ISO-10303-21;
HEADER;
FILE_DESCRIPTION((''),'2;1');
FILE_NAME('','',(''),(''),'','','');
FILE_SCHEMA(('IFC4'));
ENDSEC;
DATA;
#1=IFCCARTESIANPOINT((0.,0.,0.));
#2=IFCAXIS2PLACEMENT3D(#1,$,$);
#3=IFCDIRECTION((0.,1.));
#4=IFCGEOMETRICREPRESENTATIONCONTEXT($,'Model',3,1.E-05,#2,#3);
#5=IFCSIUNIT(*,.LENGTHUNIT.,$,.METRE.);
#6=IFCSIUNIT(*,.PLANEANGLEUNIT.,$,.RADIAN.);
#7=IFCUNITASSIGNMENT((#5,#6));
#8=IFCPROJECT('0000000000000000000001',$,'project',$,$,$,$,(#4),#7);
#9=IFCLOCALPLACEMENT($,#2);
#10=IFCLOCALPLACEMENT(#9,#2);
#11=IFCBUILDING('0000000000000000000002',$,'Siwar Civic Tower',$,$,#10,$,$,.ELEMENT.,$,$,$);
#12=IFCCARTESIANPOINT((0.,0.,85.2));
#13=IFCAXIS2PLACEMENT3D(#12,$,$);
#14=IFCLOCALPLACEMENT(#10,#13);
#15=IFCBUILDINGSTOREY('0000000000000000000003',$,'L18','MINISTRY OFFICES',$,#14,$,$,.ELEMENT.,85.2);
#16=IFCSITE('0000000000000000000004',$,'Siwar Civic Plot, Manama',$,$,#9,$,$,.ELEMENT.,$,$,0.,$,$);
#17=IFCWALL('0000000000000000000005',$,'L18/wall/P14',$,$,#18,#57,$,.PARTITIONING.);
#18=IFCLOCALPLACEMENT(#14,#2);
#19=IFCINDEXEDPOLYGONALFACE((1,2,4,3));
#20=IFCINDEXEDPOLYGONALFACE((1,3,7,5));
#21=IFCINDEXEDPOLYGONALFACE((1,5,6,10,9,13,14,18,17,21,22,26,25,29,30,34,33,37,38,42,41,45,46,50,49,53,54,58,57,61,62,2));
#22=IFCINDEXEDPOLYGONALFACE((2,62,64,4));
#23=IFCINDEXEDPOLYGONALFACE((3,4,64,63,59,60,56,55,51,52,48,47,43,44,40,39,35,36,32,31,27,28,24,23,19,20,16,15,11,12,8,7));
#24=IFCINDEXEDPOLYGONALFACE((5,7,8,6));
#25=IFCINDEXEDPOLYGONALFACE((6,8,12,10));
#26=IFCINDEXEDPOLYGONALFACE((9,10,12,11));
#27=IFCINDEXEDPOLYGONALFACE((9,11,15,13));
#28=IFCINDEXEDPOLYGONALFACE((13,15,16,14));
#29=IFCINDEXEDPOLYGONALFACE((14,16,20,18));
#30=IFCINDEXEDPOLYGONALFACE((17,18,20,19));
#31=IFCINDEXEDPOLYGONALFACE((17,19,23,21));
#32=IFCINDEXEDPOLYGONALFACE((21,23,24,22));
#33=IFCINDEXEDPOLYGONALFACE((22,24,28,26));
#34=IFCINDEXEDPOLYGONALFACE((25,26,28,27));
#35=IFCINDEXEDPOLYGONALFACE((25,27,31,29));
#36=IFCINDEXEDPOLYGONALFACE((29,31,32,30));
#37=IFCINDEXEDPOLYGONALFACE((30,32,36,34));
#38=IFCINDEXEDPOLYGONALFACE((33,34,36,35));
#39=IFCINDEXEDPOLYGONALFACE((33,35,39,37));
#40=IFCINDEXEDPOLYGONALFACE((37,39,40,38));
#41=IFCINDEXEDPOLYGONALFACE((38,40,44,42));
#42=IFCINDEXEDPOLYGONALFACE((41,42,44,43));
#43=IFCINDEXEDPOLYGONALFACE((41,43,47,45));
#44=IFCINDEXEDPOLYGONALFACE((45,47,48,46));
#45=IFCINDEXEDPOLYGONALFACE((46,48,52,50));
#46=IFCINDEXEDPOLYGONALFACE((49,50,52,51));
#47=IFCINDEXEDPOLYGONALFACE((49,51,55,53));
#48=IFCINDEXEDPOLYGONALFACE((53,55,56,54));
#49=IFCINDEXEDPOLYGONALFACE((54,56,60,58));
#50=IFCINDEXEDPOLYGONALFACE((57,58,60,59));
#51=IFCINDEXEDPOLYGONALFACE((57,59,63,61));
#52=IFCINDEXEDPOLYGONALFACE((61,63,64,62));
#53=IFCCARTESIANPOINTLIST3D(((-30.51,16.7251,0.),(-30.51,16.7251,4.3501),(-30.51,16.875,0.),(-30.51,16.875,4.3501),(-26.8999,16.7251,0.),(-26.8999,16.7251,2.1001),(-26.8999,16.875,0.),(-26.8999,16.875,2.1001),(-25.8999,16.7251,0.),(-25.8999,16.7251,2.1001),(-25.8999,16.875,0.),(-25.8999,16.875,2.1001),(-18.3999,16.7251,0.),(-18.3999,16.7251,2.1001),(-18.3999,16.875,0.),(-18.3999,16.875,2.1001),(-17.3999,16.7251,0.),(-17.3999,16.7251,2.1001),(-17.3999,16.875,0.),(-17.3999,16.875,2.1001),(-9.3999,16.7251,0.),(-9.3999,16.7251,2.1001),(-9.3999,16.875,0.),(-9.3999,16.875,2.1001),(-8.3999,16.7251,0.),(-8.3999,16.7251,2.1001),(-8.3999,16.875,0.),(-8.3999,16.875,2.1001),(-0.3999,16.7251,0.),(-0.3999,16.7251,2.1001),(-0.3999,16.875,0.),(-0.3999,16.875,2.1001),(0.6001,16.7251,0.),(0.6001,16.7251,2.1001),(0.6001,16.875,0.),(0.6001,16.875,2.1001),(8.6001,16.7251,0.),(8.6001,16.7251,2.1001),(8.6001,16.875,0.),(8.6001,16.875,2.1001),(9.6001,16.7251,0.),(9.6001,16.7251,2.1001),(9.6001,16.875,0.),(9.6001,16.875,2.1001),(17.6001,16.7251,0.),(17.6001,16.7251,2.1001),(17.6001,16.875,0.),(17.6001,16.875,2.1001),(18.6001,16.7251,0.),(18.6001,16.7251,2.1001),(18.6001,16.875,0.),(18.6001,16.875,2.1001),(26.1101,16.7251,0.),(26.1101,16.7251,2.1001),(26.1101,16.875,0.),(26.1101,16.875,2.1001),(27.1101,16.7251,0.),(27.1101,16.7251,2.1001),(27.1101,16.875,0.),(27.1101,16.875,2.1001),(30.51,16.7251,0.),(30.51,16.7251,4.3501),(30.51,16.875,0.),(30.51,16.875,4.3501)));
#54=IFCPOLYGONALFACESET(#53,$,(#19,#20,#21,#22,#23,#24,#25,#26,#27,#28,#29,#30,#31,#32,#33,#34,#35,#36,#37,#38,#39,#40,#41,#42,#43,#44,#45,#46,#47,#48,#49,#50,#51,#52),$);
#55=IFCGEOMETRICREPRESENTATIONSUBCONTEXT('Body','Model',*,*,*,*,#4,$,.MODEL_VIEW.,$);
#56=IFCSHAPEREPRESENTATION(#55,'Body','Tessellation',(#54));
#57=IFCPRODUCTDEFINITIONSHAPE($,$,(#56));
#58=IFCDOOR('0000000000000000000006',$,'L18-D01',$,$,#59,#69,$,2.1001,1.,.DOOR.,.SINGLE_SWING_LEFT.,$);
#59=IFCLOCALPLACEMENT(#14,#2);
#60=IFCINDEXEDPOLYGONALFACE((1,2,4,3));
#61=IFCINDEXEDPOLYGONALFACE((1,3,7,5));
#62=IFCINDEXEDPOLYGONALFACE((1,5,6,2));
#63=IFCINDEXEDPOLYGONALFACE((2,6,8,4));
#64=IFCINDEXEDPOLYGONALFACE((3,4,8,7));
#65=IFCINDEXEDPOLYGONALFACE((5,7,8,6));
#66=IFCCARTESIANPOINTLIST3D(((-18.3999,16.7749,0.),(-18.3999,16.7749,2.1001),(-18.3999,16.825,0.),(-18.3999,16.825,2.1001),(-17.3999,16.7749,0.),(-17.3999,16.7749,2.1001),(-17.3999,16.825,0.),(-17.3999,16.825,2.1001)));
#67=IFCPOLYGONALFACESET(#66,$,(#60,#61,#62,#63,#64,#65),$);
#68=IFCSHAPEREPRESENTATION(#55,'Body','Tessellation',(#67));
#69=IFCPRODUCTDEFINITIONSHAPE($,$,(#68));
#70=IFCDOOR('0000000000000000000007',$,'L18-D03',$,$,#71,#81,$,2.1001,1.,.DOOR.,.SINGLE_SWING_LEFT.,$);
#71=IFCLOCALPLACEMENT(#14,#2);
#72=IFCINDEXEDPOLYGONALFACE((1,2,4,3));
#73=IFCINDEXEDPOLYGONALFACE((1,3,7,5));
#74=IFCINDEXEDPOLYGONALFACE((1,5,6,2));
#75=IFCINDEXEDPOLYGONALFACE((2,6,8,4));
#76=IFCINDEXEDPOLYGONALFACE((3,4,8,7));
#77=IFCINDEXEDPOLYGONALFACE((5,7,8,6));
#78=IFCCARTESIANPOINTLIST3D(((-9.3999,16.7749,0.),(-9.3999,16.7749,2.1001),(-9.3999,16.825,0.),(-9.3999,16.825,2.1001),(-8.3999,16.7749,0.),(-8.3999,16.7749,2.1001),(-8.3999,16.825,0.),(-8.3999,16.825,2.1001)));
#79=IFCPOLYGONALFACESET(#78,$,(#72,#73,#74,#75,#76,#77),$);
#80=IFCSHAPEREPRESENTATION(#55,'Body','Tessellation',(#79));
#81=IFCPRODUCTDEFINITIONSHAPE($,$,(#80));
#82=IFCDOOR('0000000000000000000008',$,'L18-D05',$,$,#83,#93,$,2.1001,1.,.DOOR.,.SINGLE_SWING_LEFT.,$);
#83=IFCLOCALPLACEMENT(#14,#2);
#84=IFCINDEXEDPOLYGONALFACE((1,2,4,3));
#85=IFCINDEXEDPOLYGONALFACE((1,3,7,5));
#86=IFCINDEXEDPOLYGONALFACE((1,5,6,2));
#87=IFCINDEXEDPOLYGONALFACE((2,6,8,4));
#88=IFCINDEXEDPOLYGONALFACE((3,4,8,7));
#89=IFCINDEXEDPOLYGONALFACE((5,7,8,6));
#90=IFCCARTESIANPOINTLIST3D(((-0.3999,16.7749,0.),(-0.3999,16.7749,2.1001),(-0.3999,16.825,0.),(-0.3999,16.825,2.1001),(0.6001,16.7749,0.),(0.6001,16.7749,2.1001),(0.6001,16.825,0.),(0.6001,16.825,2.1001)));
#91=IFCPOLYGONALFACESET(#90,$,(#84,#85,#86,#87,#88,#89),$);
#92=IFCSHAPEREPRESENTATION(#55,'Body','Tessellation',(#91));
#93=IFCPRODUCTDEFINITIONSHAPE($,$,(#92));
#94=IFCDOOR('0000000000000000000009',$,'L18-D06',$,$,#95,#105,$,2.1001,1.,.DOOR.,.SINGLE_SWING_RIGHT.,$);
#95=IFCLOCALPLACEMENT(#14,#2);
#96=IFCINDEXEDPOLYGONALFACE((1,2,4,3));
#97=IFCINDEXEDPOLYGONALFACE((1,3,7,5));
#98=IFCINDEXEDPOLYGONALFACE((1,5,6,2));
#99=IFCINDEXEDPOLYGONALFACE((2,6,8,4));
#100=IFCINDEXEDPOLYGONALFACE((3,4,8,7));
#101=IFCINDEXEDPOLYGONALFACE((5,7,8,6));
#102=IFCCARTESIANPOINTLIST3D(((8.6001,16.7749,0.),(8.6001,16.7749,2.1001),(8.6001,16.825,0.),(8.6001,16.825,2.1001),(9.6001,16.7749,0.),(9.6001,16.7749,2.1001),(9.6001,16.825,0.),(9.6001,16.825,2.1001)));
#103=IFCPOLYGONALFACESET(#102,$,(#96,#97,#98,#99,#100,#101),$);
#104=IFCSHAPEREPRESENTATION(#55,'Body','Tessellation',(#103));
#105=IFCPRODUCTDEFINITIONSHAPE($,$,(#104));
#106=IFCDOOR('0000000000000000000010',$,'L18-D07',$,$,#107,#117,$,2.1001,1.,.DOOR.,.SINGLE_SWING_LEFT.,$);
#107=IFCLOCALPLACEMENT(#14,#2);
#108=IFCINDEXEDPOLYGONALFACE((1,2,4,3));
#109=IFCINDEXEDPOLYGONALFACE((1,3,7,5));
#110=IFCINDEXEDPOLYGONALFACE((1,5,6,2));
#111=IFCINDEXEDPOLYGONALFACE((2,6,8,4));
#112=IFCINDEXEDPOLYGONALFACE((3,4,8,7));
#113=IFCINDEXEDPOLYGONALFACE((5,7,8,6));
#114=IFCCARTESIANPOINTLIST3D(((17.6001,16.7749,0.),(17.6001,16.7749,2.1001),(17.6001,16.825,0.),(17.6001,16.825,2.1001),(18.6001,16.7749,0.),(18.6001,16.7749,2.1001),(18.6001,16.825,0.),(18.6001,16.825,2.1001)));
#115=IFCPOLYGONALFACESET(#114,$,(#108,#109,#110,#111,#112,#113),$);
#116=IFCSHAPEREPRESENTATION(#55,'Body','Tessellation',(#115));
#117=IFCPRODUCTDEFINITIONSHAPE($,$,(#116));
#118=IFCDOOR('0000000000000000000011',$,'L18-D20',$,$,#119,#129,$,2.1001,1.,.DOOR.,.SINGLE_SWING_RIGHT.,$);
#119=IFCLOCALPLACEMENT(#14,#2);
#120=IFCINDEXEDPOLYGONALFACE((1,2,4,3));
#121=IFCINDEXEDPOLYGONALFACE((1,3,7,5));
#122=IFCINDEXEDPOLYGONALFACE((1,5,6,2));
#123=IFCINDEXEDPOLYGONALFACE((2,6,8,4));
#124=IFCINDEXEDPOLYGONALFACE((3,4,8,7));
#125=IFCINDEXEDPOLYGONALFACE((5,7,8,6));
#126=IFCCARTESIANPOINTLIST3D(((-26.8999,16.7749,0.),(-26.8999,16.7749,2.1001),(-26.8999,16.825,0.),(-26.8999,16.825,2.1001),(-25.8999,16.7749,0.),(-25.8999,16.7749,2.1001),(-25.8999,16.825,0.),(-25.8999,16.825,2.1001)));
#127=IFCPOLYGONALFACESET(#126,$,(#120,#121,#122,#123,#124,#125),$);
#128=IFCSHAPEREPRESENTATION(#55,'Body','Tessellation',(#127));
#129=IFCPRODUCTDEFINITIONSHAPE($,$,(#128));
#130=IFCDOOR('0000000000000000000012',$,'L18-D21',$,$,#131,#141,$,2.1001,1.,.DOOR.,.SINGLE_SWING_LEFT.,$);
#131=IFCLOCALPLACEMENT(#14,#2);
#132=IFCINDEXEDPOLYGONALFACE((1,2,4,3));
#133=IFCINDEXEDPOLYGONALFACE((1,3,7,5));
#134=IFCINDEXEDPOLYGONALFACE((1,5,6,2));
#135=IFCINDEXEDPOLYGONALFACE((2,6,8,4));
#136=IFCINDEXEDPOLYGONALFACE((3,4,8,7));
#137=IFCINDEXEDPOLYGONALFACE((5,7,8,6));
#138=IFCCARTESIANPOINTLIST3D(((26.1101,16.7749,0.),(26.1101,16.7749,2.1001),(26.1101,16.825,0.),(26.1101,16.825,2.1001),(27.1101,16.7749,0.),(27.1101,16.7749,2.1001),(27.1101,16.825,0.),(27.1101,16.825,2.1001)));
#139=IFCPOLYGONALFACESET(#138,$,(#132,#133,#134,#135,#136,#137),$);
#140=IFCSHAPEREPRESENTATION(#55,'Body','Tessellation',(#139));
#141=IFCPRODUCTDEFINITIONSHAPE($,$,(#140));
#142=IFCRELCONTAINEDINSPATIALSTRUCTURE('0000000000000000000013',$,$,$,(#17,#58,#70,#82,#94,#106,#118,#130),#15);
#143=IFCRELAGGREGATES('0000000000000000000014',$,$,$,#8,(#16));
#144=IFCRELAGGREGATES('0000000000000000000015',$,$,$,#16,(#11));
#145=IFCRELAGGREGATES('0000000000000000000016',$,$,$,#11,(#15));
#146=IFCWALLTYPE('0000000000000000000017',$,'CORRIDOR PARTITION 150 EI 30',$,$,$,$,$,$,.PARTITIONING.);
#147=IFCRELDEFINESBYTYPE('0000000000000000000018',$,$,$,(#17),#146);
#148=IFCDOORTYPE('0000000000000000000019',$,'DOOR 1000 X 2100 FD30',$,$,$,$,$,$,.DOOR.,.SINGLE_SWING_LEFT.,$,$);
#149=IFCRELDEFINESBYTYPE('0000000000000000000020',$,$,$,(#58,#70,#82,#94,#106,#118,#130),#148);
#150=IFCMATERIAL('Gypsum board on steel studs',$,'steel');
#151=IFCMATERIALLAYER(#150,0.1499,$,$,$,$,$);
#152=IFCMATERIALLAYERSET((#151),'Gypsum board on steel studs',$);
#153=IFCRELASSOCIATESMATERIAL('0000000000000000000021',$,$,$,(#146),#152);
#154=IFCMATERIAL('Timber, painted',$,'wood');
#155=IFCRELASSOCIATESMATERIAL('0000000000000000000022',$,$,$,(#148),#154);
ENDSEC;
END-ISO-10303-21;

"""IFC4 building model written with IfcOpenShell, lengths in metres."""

from ifc_helpers import new_model, si_unit, direction, frame, frame_2d, origin, place, context, subcontext, project, spatial, rectangle, extrude, material, layer, layer_set, type_object, element, fill, save


model = new_model("IFC4")

# Units and contexts
model_context = context("Model", 3, precision=1e-05, world=origin(), true_north=direction((0.0, 1.0)))
body_context = subcontext(model_context, "Body", "Model", "MODEL_VIEW")
ifc_project = project(units=[si_unit("LENGTHUNIT", "METRE"), si_unit("PLANEANGLEUNIT", "RADIAN")], contexts=[model_context])

# Site, building, storey
site_placement = place(None, origin())
site = spatial("IfcSite", under=ifc_project, at=site_placement, Name="Siwar Civic Plot, Manama", CompositionType="ELEMENT", RefElevation=0.0)
building_placement = place(site_placement, origin())
building = spatial("IfcBuilding", under=site, at=building_placement, Name="Siwar Civic Tower", CompositionType="ELEMENT")
storey_placement = place(building_placement, frame((0.0, 0.0, 85.2)))
storey = spatial("IfcBuildingStorey", under=building, at=storey_placement, Name="L18", Description="MINISTRY OFFICES", CompositionType="ELEMENT", Elevation=85.2)

# Shared definitions
ifc_material_1 = material(Name="Gypsum board on steel studs", Category="steel")
ifc_layer_1 = layer(ifc_material_1, 0.1499)
ifc_layer_set_1 = layer_set([ifc_layer_1], Name="Gypsum board on steel studs")
wall_type_1 = type_object("IfcWallType", Name="CORRIDOR PARTITION 150 EI 30", PredefinedType="PARTITIONING", material=ifc_layer_set_1)
ifc_material_2 = material(Name="Timber, painted", Category="wood")
door_type_1 = type_object("IfcDoorType", Name="DOOR 1000 X 2100 FD30", OperationType="SINGLE_SWING_LEFT", PredefinedType="DOOR", material=ifc_material_2)

# Wall, openings, doors
wall_1_placement = place(storey_placement, frame((-30.51, 16.8, 0.0), z_axis=(0.0, 0.0, 1.0), x_axis=(1.0, 0.0, 0.0)))
wall_1 = element("IfcWall", 1, at=wall_1_placement, inside=storey, type_object=wall_type_1, Name="L18/wall/P14", PredefinedType="PARTITIONING", context=body_context, shape_type="SweptSolid", body=[
    extrude(rectangle(XDim=61.02, YDim=0.1499, at=frame_2d((30.51, 0.0))), origin(), (0.0, 0.0, 1.0), 4.3501),
])
opening_1_placement = place(wall_1_placement, frame((12.1101, 0.0, 0.0)))
opening_1 = element("IfcOpeningElement", 2, at=opening_1_placement, cuts=wall_1, PredefinedType="OPENING", context=body_context, shape_type="SweptSolid", body=[
    extrude(rectangle(XDim=1.0, YDim=2.1001, at=frame_2d((0.5, 1.05))), frame((0.0, 0.085, 0.0), z_axis=(0.0, -1.0, 0.0), x_axis=(1.0, 0.0, 0.0)), (0.0, 0.0, 1.0), 0.1699),
])
opening_2_placement = place(wall_1_placement, frame((21.1101, 0.0, 0.0)))
opening_2 = element("IfcOpeningElement", 3, at=opening_2_placement, cuts=wall_1, PredefinedType="OPENING", context=body_context, shape_type="SweptSolid", body=[
    extrude(rectangle(XDim=1.0, YDim=2.1001, at=frame_2d((0.5, 1.05))), frame((0.0, 0.085, 0.0), z_axis=(0.0, -1.0, 0.0), x_axis=(1.0, 0.0, 0.0)), (0.0, 0.0, 1.0), 0.1699),
])
opening_3_placement = place(wall_1_placement, frame((30.1101, 0.0, 0.0)))
opening_3 = element("IfcOpeningElement", 4, at=opening_3_placement, cuts=wall_1, PredefinedType="OPENING", context=body_context, shape_type="SweptSolid", body=[
    extrude(rectangle(XDim=1.0, YDim=2.1001, at=frame_2d((0.5, 1.05))), frame((0.0, 0.085, 0.0), z_axis=(0.0, -1.0, 0.0), x_axis=(1.0, 0.0, 0.0)), (0.0, 0.0, 1.0), 0.1699),
])
opening_4_placement = place(wall_1_placement, frame((39.1101, 0.0, 0.0)))
opening_4 = element("IfcOpeningElement", 5, at=opening_4_placement, cuts=wall_1, PredefinedType="OPENING", context=body_context, shape_type="SweptSolid", body=[
    extrude(rectangle(XDim=1.0, YDim=2.1001, at=frame_2d((0.5, 1.05))), frame((0.0, 0.085, 0.0), z_axis=(0.0, -1.0, 0.0), x_axis=(1.0, 0.0, 0.0)), (0.0, 0.0, 1.0), 0.1699),
])
opening_5_placement = place(wall_1_placement, frame((48.1101, 0.0, 0.0)))
opening_5 = element("IfcOpeningElement", 6, at=opening_5_placement, cuts=wall_1, PredefinedType="OPENING", context=body_context, shape_type="SweptSolid", body=[
    extrude(rectangle(XDim=1.0, YDim=2.1001, at=frame_2d((0.5, 1.05))), frame((0.0, 0.085, 0.0), z_axis=(0.0, -1.0, 0.0), x_axis=(1.0, 0.0, 0.0)), (0.0, 0.0, 1.0), 0.1699),
])
opening_6_placement = place(wall_1_placement, frame((3.6101, 0.0, 0.0)))
opening_6 = element("IfcOpeningElement", 7, at=opening_6_placement, cuts=wall_1, PredefinedType="OPENING", context=body_context, shape_type="SweptSolid", body=[
    extrude(rectangle(XDim=1.0, YDim=2.1001, at=frame_2d((0.5, 1.05))), frame((0.0, 0.085, 0.0), z_axis=(0.0, -1.0, 0.0), x_axis=(1.0, 0.0, 0.0)), (0.0, 0.0, 1.0), 0.1699),
])
opening_7_placement = place(wall_1_placement, frame((56.6201, 0.0, 0.0)))
opening_7 = element("IfcOpeningElement", 8, at=opening_7_placement, cuts=wall_1, PredefinedType="OPENING", context=body_context, shape_type="SweptSolid", body=[
    extrude(rectangle(XDim=1.0, YDim=2.1001, at=frame_2d((0.5, 1.05))), frame((0.0, 0.085, 0.0), z_axis=(0.0, -1.0, 0.0), x_axis=(1.0, 0.0, 0.0)), (0.0, 0.0, 1.0), 0.1699),
])
door_1_placement = place(opening_1_placement, origin())
door_1 = element("IfcDoor", 9, at=door_1_placement, inside=storey, type_object=door_type_1, Name="L18-D01", OperationType="SINGLE_SWING_LEFT", OverallHeight=2.1001, OverallWidth=1.0, PredefinedType="DOOR", context=body_context, shape_type="SweptSolid", body=[
    extrude(rectangle(XDim=1.0, YDim=2.1001, at=frame_2d((0.5, 1.05))), frame((0.0, 0.0249, 0.0), z_axis=(0.0, -1.0, 0.0), x_axis=(1.0, 0.0, 0.0)), (0.0, 0.0, 1.0), 0.05),
])
fill(opening_1, door_1)
door_2_placement = place(opening_2_placement, origin())
door_2 = element("IfcDoor", 10, at=door_2_placement, inside=storey, type_object=door_type_1, Name="L18-D03", OperationType="SINGLE_SWING_LEFT", OverallHeight=2.1001, OverallWidth=1.0, PredefinedType="DOOR", context=body_context, shape_type="SweptSolid", body=[
    extrude(rectangle(XDim=1.0, YDim=2.1001, at=frame_2d((0.5, 1.05))), frame((0.0, 0.0249, 0.0), z_axis=(0.0, -1.0, 0.0), x_axis=(1.0, 0.0, 0.0)), (0.0, 0.0, 1.0), 0.05),
])
fill(opening_2, door_2)
door_3_placement = place(opening_3_placement, origin())
door_3 = element("IfcDoor", 11, at=door_3_placement, inside=storey, type_object=door_type_1, Name="L18-D05", OperationType="SINGLE_SWING_LEFT", OverallHeight=2.1001, OverallWidth=1.0, PredefinedType="DOOR", context=body_context, shape_type="SweptSolid", body=[
    extrude(rectangle(XDim=1.0, YDim=2.1001, at=frame_2d((0.5, 1.05))), frame((0.0, 0.0249, 0.0), z_axis=(0.0, -1.0, 0.0), x_axis=(1.0, 0.0, 0.0)), (0.0, 0.0, 1.0), 0.05),
])
fill(opening_3, door_3)
door_4_placement = place(opening_4_placement, origin())
door_4 = element("IfcDoor", 12, at=door_4_placement, inside=storey, type_object=door_type_1, Name="L18-D06", OperationType="SINGLE_SWING_RIGHT", OverallHeight=2.1001, OverallWidth=1.0, PredefinedType="DOOR", context=body_context, shape_type="SweptSolid", body=[
    extrude(rectangle(XDim=1.0, YDim=2.1001, at=frame_2d((0.5, 1.05))), frame((0.0, 0.0249, 0.0), z_axis=(0.0, -1.0, 0.0), x_axis=(1.0, 0.0, 0.0)), (0.0, 0.0, 1.0), 0.05),
])
fill(opening_4, door_4)
door_5_placement = place(opening_5_placement, origin())
door_5 = element("IfcDoor", 13, at=door_5_placement, inside=storey, type_object=door_type_1, Name="L18-D07", OperationType="SINGLE_SWING_LEFT", OverallHeight=2.1001, OverallWidth=1.0, PredefinedType="DOOR", context=body_context, shape_type="SweptSolid", body=[
    extrude(rectangle(XDim=1.0, YDim=2.1001, at=frame_2d((0.5, 1.05))), frame((0.0, 0.0249, 0.0), z_axis=(0.0, -1.0, 0.0), x_axis=(1.0, 0.0, 0.0)), (0.0, 0.0, 1.0), 0.05),
])
fill(opening_5, door_5)
door_6_placement = place(opening_6_placement, origin())
door_6 = element("IfcDoor", 14, at=door_6_placement, inside=storey, type_object=door_type_1, Name="L18-D20", OperationType="SINGLE_SWING_RIGHT", OverallHeight=2.1001, OverallWidth=1.0, PredefinedType="DOOR", context=body_context, shape_type="SweptSolid", body=[
    extrude(rectangle(XDim=1.0, YDim=2.1001, at=frame_2d((0.5, 1.05))), frame((0.0, 0.0249, 0.0), z_axis=(0.0, -1.0, 0.0), x_axis=(1.0, 0.0, 0.0)), (0.0, 0.0, 1.0), 0.05),
])
fill(opening_6, door_6)
door_7_placement = place(opening_7_placement, origin())
door_7 = element("IfcDoor", 15, at=door_7_placement, inside=storey, type_object=door_type_1, Name="L18-D21", OperationType="SINGLE_SWING_LEFT", OverallHeight=2.1001, OverallWidth=1.0, PredefinedType="DOOR", context=body_context, shape_type="SweptSolid", body=[
    extrude(rectangle(XDim=1.0, YDim=2.1001, at=frame_2d((0.5, 1.05))), frame((0.0, 0.0249, 0.0), z_axis=(0.0, -1.0, 0.0), x_axis=(1.0, 0.0, 0.0)), (0.0, 0.0, 1.0), 0.05),
])
fill(opening_7, door_7)

save(model, "model.ifc")
